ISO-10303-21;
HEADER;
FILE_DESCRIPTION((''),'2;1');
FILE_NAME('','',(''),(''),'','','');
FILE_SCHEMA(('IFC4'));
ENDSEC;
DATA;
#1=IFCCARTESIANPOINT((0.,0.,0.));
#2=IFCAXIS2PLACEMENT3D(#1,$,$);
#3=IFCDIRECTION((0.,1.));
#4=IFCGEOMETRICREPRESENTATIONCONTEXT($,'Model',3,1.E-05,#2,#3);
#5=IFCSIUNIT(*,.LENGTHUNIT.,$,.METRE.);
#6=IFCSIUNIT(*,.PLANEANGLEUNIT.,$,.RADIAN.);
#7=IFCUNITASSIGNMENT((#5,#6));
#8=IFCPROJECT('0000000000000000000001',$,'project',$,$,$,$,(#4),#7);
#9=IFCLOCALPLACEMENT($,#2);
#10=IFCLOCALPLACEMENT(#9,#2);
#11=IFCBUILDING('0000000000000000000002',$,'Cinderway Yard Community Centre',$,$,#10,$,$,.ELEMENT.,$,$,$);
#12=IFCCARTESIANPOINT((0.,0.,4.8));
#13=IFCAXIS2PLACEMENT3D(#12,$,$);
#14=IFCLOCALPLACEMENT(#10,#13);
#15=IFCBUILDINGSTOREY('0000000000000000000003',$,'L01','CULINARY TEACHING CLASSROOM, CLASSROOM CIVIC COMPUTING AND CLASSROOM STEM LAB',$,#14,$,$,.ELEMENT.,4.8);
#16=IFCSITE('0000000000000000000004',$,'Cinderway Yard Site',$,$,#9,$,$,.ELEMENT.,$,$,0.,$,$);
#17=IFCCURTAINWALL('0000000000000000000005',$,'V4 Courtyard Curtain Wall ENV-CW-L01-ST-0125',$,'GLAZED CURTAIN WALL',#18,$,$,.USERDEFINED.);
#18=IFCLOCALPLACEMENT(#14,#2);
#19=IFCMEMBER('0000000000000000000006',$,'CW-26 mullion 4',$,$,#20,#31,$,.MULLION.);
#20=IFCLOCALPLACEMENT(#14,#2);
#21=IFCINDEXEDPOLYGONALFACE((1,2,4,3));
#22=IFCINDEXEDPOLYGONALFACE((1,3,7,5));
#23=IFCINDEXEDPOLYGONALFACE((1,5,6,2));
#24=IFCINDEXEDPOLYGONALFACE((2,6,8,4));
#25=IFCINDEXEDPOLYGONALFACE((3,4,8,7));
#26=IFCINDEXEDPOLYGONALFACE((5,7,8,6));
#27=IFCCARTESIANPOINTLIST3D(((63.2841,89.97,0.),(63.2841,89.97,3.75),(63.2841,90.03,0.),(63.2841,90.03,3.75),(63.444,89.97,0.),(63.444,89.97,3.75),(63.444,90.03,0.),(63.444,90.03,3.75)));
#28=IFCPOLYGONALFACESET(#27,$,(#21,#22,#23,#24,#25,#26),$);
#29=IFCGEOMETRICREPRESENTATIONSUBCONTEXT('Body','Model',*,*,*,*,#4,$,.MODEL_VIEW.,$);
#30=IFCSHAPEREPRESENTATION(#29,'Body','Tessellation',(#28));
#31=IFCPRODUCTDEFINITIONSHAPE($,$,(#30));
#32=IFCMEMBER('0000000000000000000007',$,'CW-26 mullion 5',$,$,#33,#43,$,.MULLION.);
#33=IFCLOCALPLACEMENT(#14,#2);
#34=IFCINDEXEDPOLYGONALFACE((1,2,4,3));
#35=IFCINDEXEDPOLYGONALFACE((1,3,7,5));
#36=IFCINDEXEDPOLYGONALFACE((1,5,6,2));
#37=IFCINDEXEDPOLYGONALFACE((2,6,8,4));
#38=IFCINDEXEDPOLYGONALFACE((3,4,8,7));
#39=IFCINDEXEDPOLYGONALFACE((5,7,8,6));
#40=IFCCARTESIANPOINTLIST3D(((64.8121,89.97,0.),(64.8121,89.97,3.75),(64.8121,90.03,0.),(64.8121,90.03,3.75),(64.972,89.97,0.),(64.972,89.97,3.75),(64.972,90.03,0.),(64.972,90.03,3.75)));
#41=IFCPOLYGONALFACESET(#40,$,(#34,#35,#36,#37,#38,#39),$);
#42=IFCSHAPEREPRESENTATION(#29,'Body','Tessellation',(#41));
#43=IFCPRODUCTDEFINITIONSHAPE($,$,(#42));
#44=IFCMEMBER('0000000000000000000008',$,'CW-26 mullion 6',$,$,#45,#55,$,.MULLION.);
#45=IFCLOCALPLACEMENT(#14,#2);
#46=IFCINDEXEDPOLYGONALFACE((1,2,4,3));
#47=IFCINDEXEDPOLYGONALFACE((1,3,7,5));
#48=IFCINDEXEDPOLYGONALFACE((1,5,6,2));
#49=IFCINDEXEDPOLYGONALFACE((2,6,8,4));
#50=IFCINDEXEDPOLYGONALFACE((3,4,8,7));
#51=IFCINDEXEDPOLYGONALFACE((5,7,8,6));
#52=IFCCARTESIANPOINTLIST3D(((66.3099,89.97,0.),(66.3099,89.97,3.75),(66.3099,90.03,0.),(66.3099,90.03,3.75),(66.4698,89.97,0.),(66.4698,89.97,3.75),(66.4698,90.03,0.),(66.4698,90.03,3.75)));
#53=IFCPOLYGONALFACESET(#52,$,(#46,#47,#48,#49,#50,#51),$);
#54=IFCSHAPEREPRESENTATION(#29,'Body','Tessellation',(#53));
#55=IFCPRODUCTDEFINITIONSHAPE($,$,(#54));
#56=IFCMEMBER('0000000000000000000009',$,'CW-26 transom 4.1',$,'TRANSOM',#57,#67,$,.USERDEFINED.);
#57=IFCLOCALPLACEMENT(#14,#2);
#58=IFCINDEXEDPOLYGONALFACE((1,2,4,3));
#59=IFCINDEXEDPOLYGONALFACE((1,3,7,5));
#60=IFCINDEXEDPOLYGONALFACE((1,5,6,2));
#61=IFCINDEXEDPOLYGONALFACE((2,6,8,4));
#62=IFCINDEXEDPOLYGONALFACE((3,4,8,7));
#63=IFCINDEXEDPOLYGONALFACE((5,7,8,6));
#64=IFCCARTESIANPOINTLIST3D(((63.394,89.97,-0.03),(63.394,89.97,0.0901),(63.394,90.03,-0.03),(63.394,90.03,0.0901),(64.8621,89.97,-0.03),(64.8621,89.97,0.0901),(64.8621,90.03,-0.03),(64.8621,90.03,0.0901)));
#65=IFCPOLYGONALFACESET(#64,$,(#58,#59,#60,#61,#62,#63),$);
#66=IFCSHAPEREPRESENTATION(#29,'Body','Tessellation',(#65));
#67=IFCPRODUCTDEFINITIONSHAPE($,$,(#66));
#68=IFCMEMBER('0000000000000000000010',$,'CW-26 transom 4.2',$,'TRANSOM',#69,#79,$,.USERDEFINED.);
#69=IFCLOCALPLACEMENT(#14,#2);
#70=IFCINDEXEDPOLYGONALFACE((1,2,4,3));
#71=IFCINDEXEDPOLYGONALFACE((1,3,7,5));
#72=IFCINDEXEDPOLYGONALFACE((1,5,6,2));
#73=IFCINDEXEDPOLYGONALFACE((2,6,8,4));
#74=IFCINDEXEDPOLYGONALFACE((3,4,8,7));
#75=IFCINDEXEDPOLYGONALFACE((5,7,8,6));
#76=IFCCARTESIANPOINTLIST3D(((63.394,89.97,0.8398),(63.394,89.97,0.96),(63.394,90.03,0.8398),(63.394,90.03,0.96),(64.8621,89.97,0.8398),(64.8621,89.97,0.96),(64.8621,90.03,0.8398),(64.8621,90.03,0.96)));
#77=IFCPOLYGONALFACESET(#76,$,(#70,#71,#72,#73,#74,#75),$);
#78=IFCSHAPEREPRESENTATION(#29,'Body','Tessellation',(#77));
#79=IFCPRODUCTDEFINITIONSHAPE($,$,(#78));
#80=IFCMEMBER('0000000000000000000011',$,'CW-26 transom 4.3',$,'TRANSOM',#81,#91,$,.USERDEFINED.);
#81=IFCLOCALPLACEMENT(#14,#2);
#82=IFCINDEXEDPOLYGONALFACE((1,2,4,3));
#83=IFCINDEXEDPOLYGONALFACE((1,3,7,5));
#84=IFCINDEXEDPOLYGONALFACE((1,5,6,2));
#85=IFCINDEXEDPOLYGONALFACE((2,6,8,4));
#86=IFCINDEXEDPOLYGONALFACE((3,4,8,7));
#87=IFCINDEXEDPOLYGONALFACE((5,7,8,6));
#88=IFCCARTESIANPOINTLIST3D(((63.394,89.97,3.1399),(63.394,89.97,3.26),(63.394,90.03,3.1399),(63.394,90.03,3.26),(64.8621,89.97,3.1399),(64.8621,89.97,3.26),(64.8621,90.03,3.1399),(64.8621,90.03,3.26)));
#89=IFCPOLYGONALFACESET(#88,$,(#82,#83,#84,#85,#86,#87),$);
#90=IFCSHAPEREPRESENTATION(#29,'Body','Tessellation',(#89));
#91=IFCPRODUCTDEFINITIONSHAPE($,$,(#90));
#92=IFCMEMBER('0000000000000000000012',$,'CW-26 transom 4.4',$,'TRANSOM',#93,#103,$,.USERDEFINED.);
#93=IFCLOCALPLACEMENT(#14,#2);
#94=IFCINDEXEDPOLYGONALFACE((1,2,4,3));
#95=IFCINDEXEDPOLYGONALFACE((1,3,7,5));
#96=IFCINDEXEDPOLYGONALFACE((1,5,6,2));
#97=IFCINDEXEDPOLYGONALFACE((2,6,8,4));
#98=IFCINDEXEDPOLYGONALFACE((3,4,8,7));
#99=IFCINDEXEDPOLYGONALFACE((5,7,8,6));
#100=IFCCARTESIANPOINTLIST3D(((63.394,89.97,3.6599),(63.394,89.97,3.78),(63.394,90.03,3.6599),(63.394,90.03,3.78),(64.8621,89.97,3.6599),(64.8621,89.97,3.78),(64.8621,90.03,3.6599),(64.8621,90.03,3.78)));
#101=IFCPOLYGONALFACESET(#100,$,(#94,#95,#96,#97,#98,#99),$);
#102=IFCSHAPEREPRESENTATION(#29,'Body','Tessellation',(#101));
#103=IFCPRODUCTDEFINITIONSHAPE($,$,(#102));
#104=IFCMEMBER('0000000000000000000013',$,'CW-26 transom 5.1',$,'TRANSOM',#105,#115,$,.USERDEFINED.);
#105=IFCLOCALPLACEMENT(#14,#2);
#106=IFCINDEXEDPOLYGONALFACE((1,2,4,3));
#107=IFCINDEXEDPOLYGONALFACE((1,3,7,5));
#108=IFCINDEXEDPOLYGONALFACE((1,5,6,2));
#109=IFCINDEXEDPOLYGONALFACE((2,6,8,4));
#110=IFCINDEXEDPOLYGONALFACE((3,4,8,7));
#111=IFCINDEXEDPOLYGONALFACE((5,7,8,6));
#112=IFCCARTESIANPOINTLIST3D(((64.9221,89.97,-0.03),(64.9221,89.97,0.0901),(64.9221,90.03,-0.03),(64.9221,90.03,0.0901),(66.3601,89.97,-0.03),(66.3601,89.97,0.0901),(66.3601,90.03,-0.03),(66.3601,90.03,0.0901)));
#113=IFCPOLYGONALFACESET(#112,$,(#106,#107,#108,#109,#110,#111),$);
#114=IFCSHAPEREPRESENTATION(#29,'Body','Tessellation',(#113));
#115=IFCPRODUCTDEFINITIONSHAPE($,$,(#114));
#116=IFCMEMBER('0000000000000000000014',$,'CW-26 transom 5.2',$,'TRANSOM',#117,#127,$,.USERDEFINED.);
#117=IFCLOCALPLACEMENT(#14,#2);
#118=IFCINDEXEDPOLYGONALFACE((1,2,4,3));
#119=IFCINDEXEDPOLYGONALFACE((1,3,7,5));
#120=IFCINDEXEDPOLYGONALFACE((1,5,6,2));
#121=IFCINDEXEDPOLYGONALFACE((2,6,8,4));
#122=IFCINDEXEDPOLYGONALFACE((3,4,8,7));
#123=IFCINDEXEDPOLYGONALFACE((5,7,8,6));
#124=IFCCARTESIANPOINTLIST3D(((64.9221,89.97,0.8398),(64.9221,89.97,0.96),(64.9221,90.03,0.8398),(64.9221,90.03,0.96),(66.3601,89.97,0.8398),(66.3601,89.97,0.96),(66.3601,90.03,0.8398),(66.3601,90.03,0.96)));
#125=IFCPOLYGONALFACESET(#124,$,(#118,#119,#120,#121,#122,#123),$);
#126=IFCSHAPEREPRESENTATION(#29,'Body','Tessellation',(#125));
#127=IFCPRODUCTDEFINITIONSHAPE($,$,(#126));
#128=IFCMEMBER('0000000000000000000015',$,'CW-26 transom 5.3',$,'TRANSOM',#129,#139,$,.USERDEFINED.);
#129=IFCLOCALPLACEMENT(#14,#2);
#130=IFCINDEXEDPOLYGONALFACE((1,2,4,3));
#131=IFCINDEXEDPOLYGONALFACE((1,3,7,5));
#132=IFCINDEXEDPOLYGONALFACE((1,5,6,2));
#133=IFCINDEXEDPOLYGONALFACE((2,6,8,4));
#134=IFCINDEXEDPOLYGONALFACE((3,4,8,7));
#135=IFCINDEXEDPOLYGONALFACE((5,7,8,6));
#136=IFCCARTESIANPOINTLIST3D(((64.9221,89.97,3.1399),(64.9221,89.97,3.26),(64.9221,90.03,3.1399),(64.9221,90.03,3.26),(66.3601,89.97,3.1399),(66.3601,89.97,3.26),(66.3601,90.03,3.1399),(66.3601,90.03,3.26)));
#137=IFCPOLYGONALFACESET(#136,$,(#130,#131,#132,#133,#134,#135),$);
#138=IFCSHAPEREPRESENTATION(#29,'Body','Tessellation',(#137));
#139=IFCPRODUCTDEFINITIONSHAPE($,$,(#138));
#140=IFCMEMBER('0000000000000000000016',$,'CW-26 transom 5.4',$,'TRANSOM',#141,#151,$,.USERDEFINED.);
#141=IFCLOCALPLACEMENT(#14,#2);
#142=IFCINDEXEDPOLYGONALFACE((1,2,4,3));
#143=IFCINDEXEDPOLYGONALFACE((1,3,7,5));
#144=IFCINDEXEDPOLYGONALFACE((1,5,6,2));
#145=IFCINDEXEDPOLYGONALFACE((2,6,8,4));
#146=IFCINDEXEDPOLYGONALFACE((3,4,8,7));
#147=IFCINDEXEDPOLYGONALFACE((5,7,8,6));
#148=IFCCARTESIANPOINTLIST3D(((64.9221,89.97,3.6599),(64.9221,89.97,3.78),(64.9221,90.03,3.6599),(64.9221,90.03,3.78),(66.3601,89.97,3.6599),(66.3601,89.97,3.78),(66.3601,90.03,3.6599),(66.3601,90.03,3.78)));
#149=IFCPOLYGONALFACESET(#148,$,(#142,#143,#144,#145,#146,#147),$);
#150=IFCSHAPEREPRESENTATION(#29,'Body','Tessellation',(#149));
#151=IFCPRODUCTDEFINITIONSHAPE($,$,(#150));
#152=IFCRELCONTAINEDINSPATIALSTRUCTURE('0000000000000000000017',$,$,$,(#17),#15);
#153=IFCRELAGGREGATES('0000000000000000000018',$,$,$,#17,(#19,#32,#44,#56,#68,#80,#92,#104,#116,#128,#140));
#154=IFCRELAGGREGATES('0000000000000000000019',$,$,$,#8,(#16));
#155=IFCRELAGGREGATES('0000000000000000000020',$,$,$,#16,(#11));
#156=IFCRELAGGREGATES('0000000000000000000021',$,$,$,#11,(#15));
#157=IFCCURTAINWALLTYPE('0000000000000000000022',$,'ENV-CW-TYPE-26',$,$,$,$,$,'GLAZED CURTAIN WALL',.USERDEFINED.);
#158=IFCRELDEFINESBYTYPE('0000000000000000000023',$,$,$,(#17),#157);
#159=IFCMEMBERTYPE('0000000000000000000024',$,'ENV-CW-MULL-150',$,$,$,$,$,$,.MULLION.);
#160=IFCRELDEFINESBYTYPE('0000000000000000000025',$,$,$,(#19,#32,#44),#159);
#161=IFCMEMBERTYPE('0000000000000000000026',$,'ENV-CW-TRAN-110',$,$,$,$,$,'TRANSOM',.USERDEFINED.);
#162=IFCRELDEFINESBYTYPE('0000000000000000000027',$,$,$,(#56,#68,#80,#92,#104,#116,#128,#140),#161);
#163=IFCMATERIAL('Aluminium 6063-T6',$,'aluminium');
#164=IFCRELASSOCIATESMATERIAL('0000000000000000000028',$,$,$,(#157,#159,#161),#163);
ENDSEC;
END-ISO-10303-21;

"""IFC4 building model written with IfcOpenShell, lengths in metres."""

from ifc_helpers import new_model, si_unit, direction, frame, origin, origin_2d, place, context, subcontext, project, spatial, rectangle, extrude, material, material_profile, profile_set, type_object, element, aggregate, save


model = new_model("IFC4")

# Units and contexts
model_context = context("Model", 3, precision=1e-05, world=origin(), true_north=direction((0.0, 1.0)))
body_context = subcontext(model_context, "Body", "Model", "MODEL_VIEW")
ifc_project = project(units=[si_unit("LENGTHUNIT", "METRE"), si_unit("PLANEANGLEUNIT", "RADIAN")], contexts=[model_context])

# Site, building, storey
site_placement = place(None, origin())
site = spatial("IfcSite", under=ifc_project, at=site_placement, Name="Cinderway Yard Site", CompositionType="ELEMENT", RefElevation=0.0)
building_placement = place(site_placement, origin())
building = spatial("IfcBuilding", under=site, at=building_placement, Name="Cinderway Yard Community Centre", CompositionType="ELEMENT")
storey_placement = place(building_placement, frame((0.0, 0.0, 4.8)))
storey = spatial("IfcBuildingStorey", under=building, at=storey_placement, Name="L01", Description="CULINARY TEACHING CLASSROOM, CLASSROOM CIVIC COMPUTING AND CLASSROOM STEM LAB", CompositionType="ELEMENT", Elevation=4.8)

# Curtain wall, members
ifc_material_1 = material(Name="Aluminium 6063-T6", Category="aluminium")
curtain_wall_type = type_object("IfcCurtainWallType", Name="ENV-CW-TYPE-26", ElementType="GLAZED CURTAIN WALL", PredefinedType="USERDEFINED", material=ifc_material_1)
curtain_wall_placement = place(storey_placement, origin())
curtain_wall = element("IfcCurtainWall", 1, at=curtain_wall_placement, inside=storey, type_object=curtain_wall_type, Name="V4 Courtyard Curtain Wall ENV-CW-L01-ST-0125", ObjectType="GLAZED CURTAIN WALL", PredefinedType="USERDEFINED")
ifc_material_profile_1 = material_profile(ifc_material_1, rectangle(XDim=0.0601, YDim=0.1599, at=origin_2d()), Name="Aluminium 6063-T6")
ifc_profile_set_1 = profile_set([ifc_material_profile_1], Name="Aluminium 6063-T6")
member_type_1 = type_object("IfcMemberType", Name="ENV-CW-MULL-150", PredefinedType="MULLION", material=ifc_profile_set_1)
member_1_placement = place(storey_placement, frame((63.364, 90.0, 0.0), z_axis=(0.0, 0.0, 1.0), x_axis=(0.0, 1.0, 0.0)))
member_1 = element("IfcMember", 2, at=member_1_placement, type_object=member_type_1, Name="CW-26 mullion 4", PredefinedType="MULLION", context=body_context, shape_type="SweptSolid", body=[
    extrude(rectangle(XDim=0.0601, YDim=0.1599, at=origin_2d()), origin(), (0.0, 0.0, 1.0), 3.75),
])
member_2_placement = place(storey_placement, frame((64.8921, 90.0, 0.0), z_axis=(0.0, 0.0, 1.0), x_axis=(0.0, 1.0, 0.0)))
member_2 = element("IfcMember", 3, at=member_2_placement, type_object=member_type_1, Name="CW-26 mullion 5", PredefinedType="MULLION", context=body_context, shape_type="SweptSolid", body=[
    extrude(rectangle(XDim=0.0601, YDim=0.1599, at=origin_2d()), origin(), (0.0, 0.0, 1.0), 3.75),
])
member_3_placement = place(storey_placement, frame((66.3899, 90.0, 0.0), z_axis=(0.0, 0.0, 1.0), x_axis=(0.0, 1.0, 0.0)))
member_3 = element("IfcMember", 4, at=member_3_placement, type_object=member_type_1, Name="CW-26 mullion 6", PredefinedType="MULLION", context=body_context, shape_type="SweptSolid", body=[
    extrude(rectangle(XDim=0.0601, YDim=0.1599, at=origin_2d()), origin(), (0.0, 0.0, 1.0), 3.75),
])
ifc_material_profile_2 = material_profile(ifc_material_1, rectangle(XDim=0.0601, YDim=0.1201, at=origin_2d()), Name="Aluminium 6063-T6")
ifc_profile_set_2 = profile_set([ifc_material_profile_2], Name="Aluminium 6063-T6")
member_type_2 = type_object("IfcMemberType", Name="ENV-CW-TRAN-110", ElementType="TRANSOM", PredefinedType="USERDEFINED", material=ifc_profile_set_2)
member_4_placement = place(storey_placement, frame((63.394, 90.0, 0.03), z_axis=(1.0, 0.0, 0.0), x_axis=(0.0, 1.0, 0.0)))
member_4 = element("IfcMember", 5, at=member_4_placement, type_object=member_type_2, Name="CW-26 transom 4.1", ObjectType="TRANSOM", PredefinedType="USERDEFINED", context=body_context, shape_type="SweptSolid", body=[
    extrude(rectangle(XDim=0.0601, YDim=0.1201, at=origin_2d()), origin(), (0.0, 0.0, 1.0), 1.468),
])
member_5_placement = place(storey_placement, frame((63.394, 90.0, 0.8999), z_axis=(1.0, 0.0, 0.0), x_axis=(0.0, 1.0, 0.0)))
member_5 = element("IfcMember", 6, at=member_5_placement, type_object=member_type_2, Name="CW-26 transom 4.2", ObjectType="TRANSOM", PredefinedType="USERDEFINED", context=body_context, shape_type="SweptSolid", body=[
    extrude(rectangle(XDim=0.0601, YDim=0.1201, at=origin_2d()), origin(), (0.0, 0.0, 1.0), 1.468),
])
member_6_placement = place(storey_placement, frame((63.394, 90.0, 3.2), z_axis=(1.0, 0.0, 0.0), x_axis=(0.0, 1.0, 0.0)))
member_6 = element("IfcMember", 7, at=member_6_placement, type_object=member_type_2, Name="CW-26 transom 4.3", ObjectType="TRANSOM", PredefinedType="USERDEFINED", context=body_context, shape_type="SweptSolid", body=[
    extrude(rectangle(XDim=0.0601, YDim=0.1201, at=origin_2d()), origin(), (0.0, 0.0, 1.0), 1.468),
])
member_7_placement = place(storey_placement, frame((63.394, 90.0, 3.72), z_axis=(1.0, 0.0, 0.0), x_axis=(0.0, 1.0, 0.0)))
member_7 = element("IfcMember", 8, at=member_7_placement, type_object=member_type_2, Name="CW-26 transom 4.4", ObjectType="TRANSOM", PredefinedType="USERDEFINED", context=body_context, shape_type="SweptSolid", body=[
    extrude(rectangle(XDim=0.0601, YDim=0.1201, at=origin_2d()), origin(), (0.0, 0.0, 1.0), 1.468),
])
member_8_placement = place(storey_placement, frame((64.9221, 90.0, 0.03), z_axis=(1.0, 0.0, 0.0), x_axis=(0.0, 1.0, 0.0)))
member_8 = element("IfcMember", 9, at=member_8_placement, type_object=member_type_2, Name="CW-26 transom 5.1", ObjectType="TRANSOM", PredefinedType="USERDEFINED", context=body_context, shape_type="SweptSolid", body=[
    extrude(rectangle(XDim=0.0601, YDim=0.1201, at=origin_2d()), origin(), (0.0, 0.0, 1.0), 1.438),
])
member_9_placement = place(storey_placement, frame((64.9221, 90.0, 0.8999), z_axis=(1.0, 0.0, 0.0), x_axis=(0.0, 1.0, 0.0)))
member_9 = element("IfcMember", 10, at=member_9_placement, type_object=member_type_2, Name="CW-26 transom 5.2", ObjectType="TRANSOM", PredefinedType="USERDEFINED", context=body_context, shape_type="SweptSolid", body=[
    extrude(rectangle(XDim=0.0601, YDim=0.1201, at=origin_2d()), origin(), (0.0, 0.0, 1.0), 1.438),
])
member_10_placement = place(storey_placement, frame((64.9221, 90.0, 3.2), z_axis=(1.0, 0.0, 0.0), x_axis=(0.0, 1.0, 0.0)))
member_10 = element("IfcMember", 11, at=member_10_placement, type_object=member_type_2, Name="CW-26 transom 5.3", ObjectType="TRANSOM", PredefinedType="USERDEFINED", context=body_context, shape_type="SweptSolid", body=[
    extrude(rectangle(XDim=0.0601, YDim=0.1201, at=origin_2d()), origin(), (0.0, 0.0, 1.0), 1.438),
])
member_11_placement = place(storey_placement, frame((64.9221, 90.0, 3.72), z_axis=(1.0, 0.0, 0.0), x_axis=(0.0, 1.0, 0.0)))
member_11 = element("IfcMember", 12, at=member_11_placement, type_object=member_type_2, Name="CW-26 transom 5.4", ObjectType="TRANSOM", PredefinedType="USERDEFINED", context=body_context, shape_type="SweptSolid", body=[
    extrude(rectangle(XDim=0.0601, YDim=0.1201, at=origin_2d()), origin(), (0.0, 0.0, 1.0), 1.438),
])

aggregate(curtain_wall, [member_1, member_2, member_3, member_4, member_5, member_6, member_7, member_8, member_9, member_10, member_11])

save(model, "model.ifc")
